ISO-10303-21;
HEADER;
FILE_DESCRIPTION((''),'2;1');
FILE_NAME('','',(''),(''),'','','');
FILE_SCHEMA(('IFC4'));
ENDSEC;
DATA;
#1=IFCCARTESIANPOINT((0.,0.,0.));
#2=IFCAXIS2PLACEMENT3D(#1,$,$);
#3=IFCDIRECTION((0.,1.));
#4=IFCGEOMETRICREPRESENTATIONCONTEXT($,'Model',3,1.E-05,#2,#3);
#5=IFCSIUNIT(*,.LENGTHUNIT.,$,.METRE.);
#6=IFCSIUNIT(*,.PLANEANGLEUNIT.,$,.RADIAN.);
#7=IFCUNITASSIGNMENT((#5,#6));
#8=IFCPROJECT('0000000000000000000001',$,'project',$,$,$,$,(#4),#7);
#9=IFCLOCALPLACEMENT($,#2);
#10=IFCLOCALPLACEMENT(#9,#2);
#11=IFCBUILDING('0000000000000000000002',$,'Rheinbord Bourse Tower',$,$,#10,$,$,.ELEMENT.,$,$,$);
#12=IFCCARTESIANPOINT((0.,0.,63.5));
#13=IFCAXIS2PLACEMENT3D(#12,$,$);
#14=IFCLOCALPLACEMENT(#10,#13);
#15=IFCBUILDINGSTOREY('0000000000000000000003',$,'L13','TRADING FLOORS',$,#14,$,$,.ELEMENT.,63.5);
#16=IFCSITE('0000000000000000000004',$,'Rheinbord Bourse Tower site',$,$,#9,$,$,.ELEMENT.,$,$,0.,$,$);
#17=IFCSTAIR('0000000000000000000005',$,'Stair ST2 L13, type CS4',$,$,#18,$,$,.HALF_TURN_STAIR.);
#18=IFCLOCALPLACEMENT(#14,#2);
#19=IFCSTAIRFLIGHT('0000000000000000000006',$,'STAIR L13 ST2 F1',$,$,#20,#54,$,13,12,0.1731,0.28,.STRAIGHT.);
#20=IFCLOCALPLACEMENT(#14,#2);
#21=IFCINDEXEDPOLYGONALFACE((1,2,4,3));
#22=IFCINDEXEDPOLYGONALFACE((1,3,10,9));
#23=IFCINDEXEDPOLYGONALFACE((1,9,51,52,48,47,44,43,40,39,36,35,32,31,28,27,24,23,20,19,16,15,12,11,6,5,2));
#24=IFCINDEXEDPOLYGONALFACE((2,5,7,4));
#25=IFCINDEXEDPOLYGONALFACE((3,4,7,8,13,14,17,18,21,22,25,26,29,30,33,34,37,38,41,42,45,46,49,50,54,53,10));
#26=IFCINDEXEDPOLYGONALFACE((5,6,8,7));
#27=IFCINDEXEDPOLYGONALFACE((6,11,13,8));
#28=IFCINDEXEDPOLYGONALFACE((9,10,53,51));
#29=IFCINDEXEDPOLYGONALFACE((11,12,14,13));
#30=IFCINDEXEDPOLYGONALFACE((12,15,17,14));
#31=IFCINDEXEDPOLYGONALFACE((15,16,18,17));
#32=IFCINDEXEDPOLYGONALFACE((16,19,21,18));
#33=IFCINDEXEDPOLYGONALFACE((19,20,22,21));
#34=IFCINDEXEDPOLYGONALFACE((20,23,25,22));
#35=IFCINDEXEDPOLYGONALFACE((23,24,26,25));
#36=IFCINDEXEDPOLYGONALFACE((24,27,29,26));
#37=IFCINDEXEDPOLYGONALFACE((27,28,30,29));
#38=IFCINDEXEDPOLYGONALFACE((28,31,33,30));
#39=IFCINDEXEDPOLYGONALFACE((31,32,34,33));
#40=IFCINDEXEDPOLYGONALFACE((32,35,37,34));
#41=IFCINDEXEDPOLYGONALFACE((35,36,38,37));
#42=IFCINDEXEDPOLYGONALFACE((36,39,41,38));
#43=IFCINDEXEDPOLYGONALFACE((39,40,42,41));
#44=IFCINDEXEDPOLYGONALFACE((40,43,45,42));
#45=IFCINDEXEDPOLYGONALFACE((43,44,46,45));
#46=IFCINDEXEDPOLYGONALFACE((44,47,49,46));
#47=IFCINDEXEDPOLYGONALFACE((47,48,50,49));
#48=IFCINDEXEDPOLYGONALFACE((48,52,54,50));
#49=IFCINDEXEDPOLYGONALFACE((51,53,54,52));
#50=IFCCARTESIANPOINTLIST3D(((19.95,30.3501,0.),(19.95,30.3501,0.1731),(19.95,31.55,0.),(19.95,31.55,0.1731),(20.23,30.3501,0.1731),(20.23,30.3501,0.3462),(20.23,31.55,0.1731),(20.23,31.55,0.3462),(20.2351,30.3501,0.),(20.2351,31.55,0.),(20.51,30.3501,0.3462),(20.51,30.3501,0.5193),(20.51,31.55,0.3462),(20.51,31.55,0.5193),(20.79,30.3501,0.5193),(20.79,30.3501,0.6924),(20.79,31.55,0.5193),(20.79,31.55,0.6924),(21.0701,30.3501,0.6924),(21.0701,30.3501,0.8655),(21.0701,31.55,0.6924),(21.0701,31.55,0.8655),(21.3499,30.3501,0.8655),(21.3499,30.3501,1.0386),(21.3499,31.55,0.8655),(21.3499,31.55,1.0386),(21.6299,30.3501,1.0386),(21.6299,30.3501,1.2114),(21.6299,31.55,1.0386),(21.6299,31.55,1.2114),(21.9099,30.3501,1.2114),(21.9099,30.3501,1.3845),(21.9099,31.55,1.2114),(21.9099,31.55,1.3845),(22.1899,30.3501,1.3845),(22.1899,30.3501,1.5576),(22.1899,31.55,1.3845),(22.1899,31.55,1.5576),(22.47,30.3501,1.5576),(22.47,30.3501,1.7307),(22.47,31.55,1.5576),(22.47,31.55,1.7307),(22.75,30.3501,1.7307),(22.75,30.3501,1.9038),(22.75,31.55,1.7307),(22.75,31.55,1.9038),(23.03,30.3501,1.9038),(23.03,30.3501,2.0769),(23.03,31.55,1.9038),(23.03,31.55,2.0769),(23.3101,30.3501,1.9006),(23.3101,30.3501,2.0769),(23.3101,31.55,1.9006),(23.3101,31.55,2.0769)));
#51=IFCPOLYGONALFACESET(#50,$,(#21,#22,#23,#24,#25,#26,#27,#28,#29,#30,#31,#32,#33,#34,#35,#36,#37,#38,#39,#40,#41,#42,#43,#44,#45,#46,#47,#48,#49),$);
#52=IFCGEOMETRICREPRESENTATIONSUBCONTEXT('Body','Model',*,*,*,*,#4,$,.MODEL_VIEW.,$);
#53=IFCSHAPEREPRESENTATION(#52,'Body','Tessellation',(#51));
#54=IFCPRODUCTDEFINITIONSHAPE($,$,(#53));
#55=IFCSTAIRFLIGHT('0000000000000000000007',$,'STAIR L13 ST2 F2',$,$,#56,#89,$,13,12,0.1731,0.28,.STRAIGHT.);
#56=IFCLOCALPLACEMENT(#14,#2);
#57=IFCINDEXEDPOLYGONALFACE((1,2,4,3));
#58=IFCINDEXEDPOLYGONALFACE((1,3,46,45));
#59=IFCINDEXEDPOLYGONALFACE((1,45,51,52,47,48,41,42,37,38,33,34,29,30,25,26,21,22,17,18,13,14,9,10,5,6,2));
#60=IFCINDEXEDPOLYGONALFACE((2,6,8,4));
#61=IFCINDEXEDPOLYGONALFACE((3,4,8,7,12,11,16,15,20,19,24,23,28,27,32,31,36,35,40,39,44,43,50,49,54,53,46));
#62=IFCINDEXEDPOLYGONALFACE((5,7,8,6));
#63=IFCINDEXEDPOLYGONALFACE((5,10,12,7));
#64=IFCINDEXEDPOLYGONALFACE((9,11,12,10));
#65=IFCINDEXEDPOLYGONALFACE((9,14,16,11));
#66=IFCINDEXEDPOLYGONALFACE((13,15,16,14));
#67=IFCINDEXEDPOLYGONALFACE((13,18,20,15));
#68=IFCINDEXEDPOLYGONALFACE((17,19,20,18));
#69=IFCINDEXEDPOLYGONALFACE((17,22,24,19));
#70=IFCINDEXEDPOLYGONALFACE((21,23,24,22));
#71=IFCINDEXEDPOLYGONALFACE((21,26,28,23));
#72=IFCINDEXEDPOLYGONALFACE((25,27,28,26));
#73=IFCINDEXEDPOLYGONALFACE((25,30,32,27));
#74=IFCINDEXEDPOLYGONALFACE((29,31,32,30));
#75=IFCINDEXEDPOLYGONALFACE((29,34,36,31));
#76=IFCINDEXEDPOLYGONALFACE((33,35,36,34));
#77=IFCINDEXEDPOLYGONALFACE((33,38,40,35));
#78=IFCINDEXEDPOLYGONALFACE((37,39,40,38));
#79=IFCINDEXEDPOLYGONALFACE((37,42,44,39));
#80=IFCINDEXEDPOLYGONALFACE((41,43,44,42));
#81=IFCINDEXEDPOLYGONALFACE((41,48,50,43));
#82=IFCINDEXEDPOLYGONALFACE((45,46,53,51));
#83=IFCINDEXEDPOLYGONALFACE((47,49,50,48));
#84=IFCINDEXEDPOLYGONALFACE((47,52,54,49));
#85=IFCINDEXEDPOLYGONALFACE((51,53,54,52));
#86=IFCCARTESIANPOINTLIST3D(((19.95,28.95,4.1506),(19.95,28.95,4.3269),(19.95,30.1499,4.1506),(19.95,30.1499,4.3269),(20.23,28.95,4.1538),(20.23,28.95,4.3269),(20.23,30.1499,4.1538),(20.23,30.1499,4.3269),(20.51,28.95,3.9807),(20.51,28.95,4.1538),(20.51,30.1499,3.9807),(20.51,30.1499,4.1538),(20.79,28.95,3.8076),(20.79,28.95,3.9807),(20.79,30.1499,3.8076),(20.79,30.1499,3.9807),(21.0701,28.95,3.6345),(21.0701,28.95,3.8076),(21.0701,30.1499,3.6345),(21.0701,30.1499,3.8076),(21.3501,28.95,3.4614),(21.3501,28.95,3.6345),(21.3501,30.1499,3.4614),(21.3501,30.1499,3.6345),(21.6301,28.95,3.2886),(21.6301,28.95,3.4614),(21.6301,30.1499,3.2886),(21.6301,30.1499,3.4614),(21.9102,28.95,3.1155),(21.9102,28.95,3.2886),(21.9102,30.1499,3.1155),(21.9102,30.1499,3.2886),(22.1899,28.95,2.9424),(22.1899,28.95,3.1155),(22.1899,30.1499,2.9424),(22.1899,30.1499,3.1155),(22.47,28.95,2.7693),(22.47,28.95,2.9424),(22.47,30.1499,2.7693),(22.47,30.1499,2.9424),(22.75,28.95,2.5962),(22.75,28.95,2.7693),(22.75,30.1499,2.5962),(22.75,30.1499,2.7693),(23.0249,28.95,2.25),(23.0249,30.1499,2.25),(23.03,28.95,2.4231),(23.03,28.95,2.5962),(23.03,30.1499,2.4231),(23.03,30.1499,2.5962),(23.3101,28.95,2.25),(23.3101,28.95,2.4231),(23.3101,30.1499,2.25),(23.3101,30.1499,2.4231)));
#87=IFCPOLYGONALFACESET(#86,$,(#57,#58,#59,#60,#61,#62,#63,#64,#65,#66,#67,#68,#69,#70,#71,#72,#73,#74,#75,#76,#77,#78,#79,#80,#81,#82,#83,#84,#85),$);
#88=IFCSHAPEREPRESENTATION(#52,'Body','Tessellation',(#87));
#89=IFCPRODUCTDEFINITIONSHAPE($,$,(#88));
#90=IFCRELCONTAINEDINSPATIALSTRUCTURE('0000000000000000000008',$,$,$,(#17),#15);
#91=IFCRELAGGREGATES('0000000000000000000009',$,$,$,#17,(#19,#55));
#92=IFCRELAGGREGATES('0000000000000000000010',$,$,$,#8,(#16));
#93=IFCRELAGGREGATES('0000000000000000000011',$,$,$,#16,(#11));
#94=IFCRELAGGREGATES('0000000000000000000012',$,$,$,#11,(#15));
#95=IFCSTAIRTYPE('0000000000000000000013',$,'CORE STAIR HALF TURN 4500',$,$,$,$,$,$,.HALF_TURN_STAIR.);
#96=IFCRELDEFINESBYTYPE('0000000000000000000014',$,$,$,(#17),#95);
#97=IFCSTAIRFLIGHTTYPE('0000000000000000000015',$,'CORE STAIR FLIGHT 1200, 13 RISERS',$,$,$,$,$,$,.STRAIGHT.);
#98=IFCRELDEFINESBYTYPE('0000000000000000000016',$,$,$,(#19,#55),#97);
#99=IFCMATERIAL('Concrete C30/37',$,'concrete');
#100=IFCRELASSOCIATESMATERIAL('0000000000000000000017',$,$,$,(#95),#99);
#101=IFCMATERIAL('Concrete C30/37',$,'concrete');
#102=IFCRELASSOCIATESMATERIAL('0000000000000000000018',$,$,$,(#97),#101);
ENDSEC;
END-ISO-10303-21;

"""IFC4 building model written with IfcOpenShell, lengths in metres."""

from ifc_helpers import new_model, si_unit, direction, frame, origin, place, context, subcontext, project, spatial, polyline, outline, extrude, material, type_object, element, aggregate, save


model = new_model("IFC4")

# Units and contexts
model_context = context("Model", 3, precision=1e-05, world=origin(), true_north=direction((0.0, 1.0)))
body_context = subcontext(model_context, "Body", "Model", "MODEL_VIEW")
ifc_project = project(units=[si_unit("LENGTHUNIT", "METRE"), si_unit("PLANEANGLEUNIT", "RADIAN")], contexts=[model_context])

# Site, building, storey
site_placement = place(None, origin())
site = spatial("IfcSite", under=ifc_project, at=site_placement, Name="Rheinbord Bourse Tower site", CompositionType="ELEMENT", RefElevation=0.0)
building_placement = place(site_placement, origin())
building = spatial("IfcBuilding", under=site, at=building_placement, Name="Rheinbord Bourse Tower", CompositionType="ELEMENT")
storey_placement = place(building_placement, frame((0.0, 0.0, 63.5)))
storey = spatial("IfcBuildingStorey", under=building, at=storey_placement, Name="L13", Description="TRADING FLOORS", CompositionType="ELEMENT", Elevation=63.5)

# Stair, stair flights
ifc_material_1 = material(Name="Concrete C30/37", Category="concrete")
stair_type = type_object("IfcStairType", Name="CORE STAIR HALF TURN 4500", PredefinedType="HALF_TURN_STAIR", material=ifc_material_1)
stair_placement = place(storey_placement, origin())
stair = element("IfcStair", 1, at=stair_placement, inside=storey, type_object=stair_type, Name="Stair ST2 L13, type CS4", PredefinedType="HALF_TURN_STAIR")
ifc_material_2 = material(Name="Concrete C30/37", Category="concrete")
stair_flight_type = type_object("IfcStairFlightType", Name="CORE STAIR FLIGHT 1200, 13 RISERS", PredefinedType="STRAIGHT", material=ifc_material_2)
stair_flight_1_placement = place(storey_placement, frame((19.95, 30.95, 0.0), z_axis=(0.0, 0.0, 1.0), x_axis=(1.0, 0.0, 0.0)))
stair_flight_1 = element("IfcStairFlight", 2, at=stair_flight_1_placement, type_object=stair_flight_type, Name="STAIR L13 ST2 F1", NumberOfRisers=13, NumberOfTreads=12, PredefinedType="STRAIGHT", RiserHeight=0.1731, TreadLength=0.28, context=body_context, shape_type="SweptSolid", body=[
    extrude(outline(polyline([(0.0, 0.0), (0.0, 0.1731), (0.28, 0.1731), (0.28, 0.3462), (0.5601, 0.3462), (0.5601, 0.5193), (0.8401, 0.5193), (0.8401, 0.6924), (1.1201, 0.6924), (1.1201, 0.8655), (1.3999, 0.8655), (1.3999, 1.0386), (1.6799, 1.0386), (1.6799, 1.2114), (1.96, 1.2114), (1.96, 1.3845), (2.24, 1.3845), (2.24, 1.5576), (2.52, 1.5576), (2.52, 1.7307), (2.8, 1.7307), (2.8, 1.9038), (3.0801, 1.9038), (3.0801, 2.0769), (3.3601, 2.0769), (3.3601, 2.25), (3.3601, 1.9006), (0.2852, 0.0), (0.0, 0.0)])), frame((0.0, 0.6001, 0.0), z_axis=(0.0, -1.0, 0.0), x_axis=(1.0, 0.0, 0.0)), (0.0, 0.0, 1.0), 1.2),
])
stair_flight_2_placement = place(storey_placement, frame((23.3101, 29.55, 2.25), z_axis=(0.0, 0.0, 1.0), x_axis=(-1.0, 0.0, 0.0)))
stair_flight_2 = element("IfcStairFlight", 3, at=stair_flight_2_placement, type_object=stair_flight_type, Name="STAIR L13 ST2 F2", NumberOfRisers=13, NumberOfTreads=12, PredefinedType="STRAIGHT", RiserHeight=0.1731, TreadLength=0.28, context=body_context, shape_type="SweptSolid", body=[
    extrude(outline(polyline([(0.0, 0.0), (0.0, 0.1731), (0.28, 0.1731), (0.28, 0.3462), (0.5601, 0.3462), (0.5601, 0.5193), (0.8401, 0.5193), (0.8401, 0.6924), (1.1201, 0.6924), (1.1201, 0.8655), (1.3999, 0.8655), (1.3999, 1.0386), (1.6799, 1.0386), (1.6799, 1.2114), (1.96, 1.2114), (1.96, 1.3845), (2.24, 1.3845), (2.24, 1.5576), (2.52, 1.5576), (2.52, 1.7307), (2.8, 1.7307), (2.8, 1.9038), (3.0801, 1.9038), (3.0801, 2.0769), (3.3601, 2.0769), (3.3601, 2.25), (3.3601, 1.9006), (0.2852, 0.0), (0.0, 0.0)])), frame((0.0, 0.6001, 0.0), z_axis=(0.0, -1.0, 0.0), x_axis=(1.0, 0.0, 0.0)), (0.0, 0.0, 1.0), 1.2),
])
aggregate(stair, [stair_flight_1, stair_flight_2])

save(model, "model.ifc")
